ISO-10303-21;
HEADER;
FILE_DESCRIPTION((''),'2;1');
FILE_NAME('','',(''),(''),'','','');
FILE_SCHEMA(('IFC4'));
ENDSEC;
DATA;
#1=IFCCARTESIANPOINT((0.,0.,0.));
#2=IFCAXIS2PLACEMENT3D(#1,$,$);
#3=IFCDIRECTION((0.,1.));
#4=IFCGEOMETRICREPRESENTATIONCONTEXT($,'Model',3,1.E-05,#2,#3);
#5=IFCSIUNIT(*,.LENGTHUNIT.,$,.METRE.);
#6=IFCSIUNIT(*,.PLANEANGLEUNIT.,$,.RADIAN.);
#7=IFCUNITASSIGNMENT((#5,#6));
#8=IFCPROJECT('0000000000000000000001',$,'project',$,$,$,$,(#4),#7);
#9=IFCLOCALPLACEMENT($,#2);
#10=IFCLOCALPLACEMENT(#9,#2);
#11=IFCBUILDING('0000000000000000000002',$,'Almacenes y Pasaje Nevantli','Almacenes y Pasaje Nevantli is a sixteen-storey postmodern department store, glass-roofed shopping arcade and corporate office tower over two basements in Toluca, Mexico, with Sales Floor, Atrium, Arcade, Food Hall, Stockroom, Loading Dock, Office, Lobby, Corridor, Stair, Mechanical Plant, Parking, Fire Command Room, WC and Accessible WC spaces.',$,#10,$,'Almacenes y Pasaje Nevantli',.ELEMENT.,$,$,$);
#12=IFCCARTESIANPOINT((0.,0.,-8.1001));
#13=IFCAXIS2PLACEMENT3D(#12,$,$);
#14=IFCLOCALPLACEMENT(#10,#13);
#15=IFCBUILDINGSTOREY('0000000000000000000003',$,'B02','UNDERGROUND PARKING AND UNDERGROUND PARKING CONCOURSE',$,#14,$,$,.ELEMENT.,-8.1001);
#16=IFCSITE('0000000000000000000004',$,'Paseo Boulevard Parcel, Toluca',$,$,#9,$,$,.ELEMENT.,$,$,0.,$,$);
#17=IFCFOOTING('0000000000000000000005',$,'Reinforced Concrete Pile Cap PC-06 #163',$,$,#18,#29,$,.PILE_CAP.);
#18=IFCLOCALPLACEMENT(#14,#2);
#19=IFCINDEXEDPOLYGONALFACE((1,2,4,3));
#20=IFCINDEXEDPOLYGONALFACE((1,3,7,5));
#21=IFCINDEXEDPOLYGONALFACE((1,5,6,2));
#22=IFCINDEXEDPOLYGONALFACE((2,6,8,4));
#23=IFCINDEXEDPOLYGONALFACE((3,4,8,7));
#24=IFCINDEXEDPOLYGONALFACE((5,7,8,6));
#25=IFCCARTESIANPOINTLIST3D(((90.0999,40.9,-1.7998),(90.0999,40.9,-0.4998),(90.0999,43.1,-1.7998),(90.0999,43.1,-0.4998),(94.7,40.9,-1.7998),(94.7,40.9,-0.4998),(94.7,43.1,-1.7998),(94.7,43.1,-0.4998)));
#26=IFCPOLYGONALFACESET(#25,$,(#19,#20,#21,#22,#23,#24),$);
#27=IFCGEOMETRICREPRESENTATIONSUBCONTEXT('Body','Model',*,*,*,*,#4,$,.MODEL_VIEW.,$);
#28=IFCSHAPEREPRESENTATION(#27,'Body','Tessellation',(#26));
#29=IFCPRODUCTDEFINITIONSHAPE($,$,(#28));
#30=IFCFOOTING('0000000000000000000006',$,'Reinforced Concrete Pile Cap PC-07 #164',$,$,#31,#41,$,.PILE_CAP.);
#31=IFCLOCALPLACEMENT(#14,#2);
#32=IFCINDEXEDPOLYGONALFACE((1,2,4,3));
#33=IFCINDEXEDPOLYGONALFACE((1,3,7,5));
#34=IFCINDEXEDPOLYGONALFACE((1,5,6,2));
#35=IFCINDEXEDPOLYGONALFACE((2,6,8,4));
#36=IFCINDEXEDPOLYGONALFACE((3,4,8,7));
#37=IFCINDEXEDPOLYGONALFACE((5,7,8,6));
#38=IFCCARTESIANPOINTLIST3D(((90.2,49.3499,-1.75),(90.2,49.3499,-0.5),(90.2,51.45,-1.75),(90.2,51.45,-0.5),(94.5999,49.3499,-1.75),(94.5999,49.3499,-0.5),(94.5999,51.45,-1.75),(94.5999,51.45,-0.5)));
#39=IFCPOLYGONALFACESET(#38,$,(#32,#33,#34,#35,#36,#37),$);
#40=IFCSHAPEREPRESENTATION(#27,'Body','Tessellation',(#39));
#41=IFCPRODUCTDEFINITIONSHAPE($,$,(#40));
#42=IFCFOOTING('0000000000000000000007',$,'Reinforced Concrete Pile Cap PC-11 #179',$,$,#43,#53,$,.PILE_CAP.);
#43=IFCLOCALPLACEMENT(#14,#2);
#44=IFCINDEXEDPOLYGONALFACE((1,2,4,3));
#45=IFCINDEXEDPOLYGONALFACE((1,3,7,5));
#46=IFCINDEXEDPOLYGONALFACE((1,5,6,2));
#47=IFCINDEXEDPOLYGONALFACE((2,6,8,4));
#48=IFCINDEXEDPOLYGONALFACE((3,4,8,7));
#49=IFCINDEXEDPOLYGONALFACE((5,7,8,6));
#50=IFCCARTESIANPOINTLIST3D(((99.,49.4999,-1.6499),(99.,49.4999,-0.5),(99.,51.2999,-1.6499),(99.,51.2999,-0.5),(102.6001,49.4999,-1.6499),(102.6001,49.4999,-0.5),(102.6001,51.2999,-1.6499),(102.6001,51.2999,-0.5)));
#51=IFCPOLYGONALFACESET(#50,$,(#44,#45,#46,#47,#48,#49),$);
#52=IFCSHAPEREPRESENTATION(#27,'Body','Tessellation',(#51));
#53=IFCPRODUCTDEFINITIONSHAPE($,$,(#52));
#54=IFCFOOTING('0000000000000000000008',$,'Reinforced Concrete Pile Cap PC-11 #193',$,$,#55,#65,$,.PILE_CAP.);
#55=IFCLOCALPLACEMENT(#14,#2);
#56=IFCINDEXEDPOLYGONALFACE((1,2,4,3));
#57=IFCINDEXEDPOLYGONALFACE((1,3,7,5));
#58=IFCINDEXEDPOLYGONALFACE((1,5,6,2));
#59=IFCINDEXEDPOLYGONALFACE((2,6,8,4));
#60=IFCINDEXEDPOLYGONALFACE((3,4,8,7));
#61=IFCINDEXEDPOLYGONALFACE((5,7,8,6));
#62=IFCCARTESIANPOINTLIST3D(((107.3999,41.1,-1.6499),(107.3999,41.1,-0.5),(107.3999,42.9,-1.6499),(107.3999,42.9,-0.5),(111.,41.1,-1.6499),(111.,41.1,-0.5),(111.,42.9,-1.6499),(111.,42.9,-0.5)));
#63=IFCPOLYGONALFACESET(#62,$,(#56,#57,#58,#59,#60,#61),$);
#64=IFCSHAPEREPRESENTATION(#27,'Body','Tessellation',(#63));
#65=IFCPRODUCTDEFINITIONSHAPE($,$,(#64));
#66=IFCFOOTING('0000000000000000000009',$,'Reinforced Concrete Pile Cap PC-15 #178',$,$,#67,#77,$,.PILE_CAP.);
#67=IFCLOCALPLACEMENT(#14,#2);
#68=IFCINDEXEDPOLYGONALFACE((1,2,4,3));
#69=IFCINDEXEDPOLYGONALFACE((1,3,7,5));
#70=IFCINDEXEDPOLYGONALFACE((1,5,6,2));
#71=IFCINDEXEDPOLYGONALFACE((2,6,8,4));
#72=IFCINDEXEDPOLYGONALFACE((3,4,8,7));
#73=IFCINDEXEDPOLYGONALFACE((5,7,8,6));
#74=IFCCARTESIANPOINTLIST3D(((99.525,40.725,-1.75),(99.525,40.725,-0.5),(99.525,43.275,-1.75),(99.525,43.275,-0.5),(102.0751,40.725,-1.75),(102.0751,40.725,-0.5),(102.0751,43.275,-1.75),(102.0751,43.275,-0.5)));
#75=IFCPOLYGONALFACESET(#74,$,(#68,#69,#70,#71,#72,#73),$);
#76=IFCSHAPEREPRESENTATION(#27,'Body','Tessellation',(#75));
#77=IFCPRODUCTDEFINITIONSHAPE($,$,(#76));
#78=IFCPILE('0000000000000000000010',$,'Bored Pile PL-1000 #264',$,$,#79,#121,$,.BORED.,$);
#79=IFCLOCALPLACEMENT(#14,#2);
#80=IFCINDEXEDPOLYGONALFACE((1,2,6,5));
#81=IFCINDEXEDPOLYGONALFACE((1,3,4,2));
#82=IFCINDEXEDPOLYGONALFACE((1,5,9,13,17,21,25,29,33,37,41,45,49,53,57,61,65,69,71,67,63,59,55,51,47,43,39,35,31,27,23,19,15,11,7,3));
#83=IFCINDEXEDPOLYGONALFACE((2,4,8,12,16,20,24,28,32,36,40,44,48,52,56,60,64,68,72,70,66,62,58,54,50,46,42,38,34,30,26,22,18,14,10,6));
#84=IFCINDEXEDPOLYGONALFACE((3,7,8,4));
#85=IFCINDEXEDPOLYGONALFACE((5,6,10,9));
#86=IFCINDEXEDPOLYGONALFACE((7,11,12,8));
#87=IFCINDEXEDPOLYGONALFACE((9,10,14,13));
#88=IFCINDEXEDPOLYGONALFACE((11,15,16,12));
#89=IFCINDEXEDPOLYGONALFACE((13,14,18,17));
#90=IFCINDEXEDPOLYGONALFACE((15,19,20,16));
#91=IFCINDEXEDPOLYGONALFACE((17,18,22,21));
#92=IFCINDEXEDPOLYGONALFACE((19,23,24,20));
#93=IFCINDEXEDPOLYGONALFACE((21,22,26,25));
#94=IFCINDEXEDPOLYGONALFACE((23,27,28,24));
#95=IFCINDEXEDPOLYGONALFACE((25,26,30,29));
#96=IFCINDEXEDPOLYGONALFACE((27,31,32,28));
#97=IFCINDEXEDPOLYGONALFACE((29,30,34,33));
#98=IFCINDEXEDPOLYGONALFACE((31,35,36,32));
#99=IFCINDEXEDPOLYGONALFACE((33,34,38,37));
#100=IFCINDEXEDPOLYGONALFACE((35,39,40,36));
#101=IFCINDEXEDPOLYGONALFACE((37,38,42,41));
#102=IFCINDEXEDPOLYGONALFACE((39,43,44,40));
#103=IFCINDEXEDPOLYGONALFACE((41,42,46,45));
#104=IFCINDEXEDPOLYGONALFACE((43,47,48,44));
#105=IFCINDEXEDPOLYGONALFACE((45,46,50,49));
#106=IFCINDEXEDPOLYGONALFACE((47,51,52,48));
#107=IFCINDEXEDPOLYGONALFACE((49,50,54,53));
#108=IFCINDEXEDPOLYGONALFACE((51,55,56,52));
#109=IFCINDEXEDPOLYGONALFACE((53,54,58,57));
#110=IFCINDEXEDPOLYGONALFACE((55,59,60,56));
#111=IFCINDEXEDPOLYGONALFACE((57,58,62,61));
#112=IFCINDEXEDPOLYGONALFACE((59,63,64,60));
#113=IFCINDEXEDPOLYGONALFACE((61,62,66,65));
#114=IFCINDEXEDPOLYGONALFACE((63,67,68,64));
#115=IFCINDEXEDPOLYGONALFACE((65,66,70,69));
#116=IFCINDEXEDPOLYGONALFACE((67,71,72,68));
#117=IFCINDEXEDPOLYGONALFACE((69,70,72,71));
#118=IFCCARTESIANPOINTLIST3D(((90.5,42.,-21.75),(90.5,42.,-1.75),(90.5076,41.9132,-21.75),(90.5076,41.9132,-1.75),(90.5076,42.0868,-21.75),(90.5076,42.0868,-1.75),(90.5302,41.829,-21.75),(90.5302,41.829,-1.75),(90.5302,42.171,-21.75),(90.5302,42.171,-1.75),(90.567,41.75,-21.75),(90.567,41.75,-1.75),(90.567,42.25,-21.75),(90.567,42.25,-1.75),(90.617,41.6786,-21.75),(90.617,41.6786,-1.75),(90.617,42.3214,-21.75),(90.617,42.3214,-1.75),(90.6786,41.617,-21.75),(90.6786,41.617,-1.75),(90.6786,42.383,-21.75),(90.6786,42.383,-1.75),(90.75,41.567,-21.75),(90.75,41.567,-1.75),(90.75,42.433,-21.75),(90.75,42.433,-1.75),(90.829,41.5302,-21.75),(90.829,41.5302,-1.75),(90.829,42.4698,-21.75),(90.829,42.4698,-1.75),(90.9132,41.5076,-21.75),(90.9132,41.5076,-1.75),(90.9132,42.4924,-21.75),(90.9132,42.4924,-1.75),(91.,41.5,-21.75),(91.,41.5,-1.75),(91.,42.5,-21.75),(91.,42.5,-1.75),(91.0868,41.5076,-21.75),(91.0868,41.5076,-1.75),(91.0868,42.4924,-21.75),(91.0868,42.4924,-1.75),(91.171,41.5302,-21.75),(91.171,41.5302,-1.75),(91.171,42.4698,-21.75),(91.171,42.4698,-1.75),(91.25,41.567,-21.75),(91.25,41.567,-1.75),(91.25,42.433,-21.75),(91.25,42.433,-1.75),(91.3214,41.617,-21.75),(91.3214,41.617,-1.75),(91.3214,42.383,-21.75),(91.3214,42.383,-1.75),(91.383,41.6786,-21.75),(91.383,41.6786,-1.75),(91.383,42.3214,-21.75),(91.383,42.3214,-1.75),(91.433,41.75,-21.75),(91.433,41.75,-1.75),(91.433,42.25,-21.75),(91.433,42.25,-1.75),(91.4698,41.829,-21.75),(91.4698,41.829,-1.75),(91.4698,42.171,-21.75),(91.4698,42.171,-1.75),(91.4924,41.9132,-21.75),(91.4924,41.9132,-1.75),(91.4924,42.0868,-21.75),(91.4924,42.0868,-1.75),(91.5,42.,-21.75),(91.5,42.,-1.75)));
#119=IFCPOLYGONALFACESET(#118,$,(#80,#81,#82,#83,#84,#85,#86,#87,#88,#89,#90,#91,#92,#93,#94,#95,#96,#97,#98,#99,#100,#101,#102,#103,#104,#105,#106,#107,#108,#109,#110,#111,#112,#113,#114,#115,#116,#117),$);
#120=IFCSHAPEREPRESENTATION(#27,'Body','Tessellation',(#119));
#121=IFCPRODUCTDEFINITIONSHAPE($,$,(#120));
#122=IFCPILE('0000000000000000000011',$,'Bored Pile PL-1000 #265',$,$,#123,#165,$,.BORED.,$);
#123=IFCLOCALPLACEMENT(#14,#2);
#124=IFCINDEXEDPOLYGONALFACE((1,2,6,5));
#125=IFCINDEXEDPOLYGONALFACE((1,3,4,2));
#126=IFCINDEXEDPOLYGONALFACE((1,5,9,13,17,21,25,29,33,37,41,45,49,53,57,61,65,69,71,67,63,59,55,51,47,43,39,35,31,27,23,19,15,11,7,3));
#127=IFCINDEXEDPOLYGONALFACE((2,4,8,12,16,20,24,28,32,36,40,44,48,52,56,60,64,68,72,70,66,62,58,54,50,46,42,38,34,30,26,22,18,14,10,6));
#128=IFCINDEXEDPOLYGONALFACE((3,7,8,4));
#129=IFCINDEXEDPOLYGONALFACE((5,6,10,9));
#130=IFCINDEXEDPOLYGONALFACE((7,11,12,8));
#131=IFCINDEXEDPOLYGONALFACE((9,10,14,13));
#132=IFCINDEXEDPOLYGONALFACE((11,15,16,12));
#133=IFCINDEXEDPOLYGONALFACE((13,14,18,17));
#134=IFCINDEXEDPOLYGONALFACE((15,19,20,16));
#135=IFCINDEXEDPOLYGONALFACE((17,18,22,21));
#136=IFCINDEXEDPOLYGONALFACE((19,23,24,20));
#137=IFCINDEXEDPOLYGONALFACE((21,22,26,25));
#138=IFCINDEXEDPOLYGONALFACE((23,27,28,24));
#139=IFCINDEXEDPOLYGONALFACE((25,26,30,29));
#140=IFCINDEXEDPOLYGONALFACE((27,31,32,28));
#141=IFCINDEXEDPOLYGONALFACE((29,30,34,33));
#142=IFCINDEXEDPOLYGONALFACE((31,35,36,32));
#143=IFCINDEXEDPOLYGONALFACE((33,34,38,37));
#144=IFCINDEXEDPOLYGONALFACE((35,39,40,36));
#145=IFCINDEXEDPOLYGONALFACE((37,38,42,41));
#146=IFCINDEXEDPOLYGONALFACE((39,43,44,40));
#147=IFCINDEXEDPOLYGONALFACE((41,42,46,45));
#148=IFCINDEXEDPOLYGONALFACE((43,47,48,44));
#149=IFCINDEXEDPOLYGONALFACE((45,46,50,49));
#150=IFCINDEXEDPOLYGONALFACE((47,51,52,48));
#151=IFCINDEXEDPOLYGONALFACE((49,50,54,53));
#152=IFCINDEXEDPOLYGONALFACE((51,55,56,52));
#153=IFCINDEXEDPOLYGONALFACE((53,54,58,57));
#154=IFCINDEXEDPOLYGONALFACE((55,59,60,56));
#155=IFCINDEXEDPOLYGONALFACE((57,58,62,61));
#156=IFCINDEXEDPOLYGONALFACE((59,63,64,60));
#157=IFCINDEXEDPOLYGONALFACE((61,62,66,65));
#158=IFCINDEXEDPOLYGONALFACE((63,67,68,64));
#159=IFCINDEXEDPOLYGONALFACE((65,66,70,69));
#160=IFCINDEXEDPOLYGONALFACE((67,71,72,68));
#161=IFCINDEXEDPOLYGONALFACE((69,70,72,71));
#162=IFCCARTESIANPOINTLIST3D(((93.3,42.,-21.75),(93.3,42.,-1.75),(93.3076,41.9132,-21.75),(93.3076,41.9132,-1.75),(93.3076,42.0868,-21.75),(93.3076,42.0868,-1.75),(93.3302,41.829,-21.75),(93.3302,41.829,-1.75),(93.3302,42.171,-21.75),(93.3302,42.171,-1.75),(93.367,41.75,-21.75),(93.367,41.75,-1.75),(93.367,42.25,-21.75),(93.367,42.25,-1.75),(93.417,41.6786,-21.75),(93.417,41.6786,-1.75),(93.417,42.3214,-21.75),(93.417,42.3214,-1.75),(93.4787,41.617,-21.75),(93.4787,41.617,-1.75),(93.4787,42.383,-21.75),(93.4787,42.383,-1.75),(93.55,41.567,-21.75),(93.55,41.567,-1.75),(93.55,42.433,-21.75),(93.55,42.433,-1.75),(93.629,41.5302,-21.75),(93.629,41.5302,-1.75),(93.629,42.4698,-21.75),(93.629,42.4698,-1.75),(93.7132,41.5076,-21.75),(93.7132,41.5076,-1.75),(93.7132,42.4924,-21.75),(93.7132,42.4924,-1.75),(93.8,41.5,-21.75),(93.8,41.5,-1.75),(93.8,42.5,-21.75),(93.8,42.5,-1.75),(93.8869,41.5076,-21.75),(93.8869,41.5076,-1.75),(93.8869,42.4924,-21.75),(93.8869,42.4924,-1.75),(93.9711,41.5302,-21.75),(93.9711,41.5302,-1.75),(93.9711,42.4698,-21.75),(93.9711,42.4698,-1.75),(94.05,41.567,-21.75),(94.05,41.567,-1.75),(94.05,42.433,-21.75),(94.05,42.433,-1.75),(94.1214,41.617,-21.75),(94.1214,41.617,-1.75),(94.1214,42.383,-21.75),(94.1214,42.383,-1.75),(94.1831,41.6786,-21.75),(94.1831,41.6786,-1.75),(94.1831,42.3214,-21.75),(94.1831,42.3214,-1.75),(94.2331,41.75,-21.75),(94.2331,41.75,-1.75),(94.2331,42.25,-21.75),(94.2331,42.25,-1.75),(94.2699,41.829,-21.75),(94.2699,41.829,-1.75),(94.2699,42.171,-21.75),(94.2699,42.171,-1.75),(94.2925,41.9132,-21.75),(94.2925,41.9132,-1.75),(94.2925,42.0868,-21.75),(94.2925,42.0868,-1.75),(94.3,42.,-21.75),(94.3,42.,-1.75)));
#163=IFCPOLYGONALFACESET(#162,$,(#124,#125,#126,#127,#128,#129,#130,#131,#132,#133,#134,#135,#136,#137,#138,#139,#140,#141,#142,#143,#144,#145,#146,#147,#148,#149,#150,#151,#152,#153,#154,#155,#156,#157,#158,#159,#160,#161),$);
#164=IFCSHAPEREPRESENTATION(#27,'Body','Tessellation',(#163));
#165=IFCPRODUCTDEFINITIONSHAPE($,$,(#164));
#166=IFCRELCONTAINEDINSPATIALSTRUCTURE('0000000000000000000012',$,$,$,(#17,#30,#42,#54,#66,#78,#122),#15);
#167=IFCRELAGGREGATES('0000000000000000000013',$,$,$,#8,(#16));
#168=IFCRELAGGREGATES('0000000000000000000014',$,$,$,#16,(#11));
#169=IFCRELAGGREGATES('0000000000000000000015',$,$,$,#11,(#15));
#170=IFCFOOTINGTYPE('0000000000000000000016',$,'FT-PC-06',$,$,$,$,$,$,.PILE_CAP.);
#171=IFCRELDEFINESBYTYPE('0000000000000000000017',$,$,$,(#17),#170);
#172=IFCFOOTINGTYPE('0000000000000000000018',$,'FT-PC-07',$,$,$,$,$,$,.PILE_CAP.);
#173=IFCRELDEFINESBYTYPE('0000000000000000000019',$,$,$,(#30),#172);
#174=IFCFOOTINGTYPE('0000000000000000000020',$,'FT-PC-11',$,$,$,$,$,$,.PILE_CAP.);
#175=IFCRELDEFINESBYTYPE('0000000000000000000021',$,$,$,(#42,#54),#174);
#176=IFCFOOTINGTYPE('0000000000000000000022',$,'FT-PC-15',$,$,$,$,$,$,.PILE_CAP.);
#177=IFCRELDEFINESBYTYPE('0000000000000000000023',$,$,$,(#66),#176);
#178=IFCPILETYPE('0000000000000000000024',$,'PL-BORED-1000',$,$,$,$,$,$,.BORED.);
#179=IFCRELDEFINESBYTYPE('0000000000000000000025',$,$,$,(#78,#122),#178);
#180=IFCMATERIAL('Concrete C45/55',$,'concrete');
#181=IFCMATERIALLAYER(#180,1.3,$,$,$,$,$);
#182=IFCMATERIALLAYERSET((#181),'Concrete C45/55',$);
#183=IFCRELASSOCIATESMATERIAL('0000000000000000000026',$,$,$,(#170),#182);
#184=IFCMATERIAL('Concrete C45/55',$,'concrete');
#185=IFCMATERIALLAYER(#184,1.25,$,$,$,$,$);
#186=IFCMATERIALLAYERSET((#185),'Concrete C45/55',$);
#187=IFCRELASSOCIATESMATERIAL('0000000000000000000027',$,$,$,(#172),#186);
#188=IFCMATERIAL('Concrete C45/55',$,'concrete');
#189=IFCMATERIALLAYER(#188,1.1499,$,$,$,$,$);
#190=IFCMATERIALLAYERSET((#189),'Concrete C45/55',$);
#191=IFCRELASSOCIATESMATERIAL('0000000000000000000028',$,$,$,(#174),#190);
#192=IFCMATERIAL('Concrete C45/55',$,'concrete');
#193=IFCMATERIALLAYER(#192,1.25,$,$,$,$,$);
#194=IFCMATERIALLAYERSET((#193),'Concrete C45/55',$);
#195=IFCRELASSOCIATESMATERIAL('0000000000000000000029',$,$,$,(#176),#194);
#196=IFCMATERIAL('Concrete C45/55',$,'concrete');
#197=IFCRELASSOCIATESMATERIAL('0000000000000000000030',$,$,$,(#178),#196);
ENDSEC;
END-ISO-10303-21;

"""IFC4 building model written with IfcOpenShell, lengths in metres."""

from ifc_helpers import new_model, si_unit, direction, frame, origin, origin_2d, place, context, subcontext, project, spatial, rectangle, circle, extrude, material, layer, layer_set, material_profile, profile_set, type_object, element, save


model = new_model("IFC4")

# Units and contexts
model_context = context("Model", 3, precision=1e-05, world=origin(), true_north=direction((0.0, 1.0)))
body_context = subcontext(model_context, "Body", "Model", "MODEL_VIEW")
ifc_project = project(units=[si_unit("LENGTHUNIT", "METRE"), si_unit("PLANEANGLEUNIT", "RADIAN")], contexts=[model_context])

# Site, building, storey
site_placement = place(None, origin())
site = spatial("IfcSite", under=ifc_project, at=site_placement, Name="Paseo Boulevard Parcel, Toluca", CompositionType="ELEMENT", RefElevation=0.0)
building_placement = place(site_placement, origin())
building = spatial("IfcBuilding", under=site, at=building_placement, Name="Almacenes y Pasaje Nevantli", Description="Almacenes y Pasaje Nevantli is a sixteen-storey postmodern department store, glass-roofed shopping arcade and corporate office tower over two basements in Toluca, Mexico, with Sales Floor, Atrium, Arcade, Food Hall, Stockroom, Loading Dock, Office, Lobby, Corridor, Stair, Mechanical Plant, Parking, Fire Command Room, WC and Accessible WC spaces.", LongName="Almacenes y Pasaje Nevantli", CompositionType="ELEMENT")
storey_placement = place(building_placement, frame((0.0, 0.0, -8.1001)))
storey = spatial("IfcBuildingStorey", under=building, at=storey_placement, Name="B02", Description="UNDERGROUND PARKING AND UNDERGROUND PARKING CONCOURSE", CompositionType="ELEMENT", Elevation=-8.1001)

# Footings
ifc_material_1 = material(Name="Concrete C45/55", Category="concrete")
ifc_layer_1 = layer(ifc_material_1, 1.3)
ifc_layer_set_1 = layer_set([ifc_layer_1], Name="Concrete C45/55")
footing_type_1 = type_object("IfcFootingType", Name="FT-PC-06", PredefinedType="PILE_CAP", material=ifc_layer_set_1)
footing_1_placement = place(storey_placement, frame((92.3999, 42.0, -1.7998), z_axis=(0.0, 0.0, 1.0), x_axis=(1.0, 0.0, 0.0)))
element("IfcFooting", 1, at=footing_1_placement, inside=storey, type_object=footing_type_1, Name="Reinforced Concrete Pile Cap PC-06 #163", PredefinedType="PILE_CAP", context=body_context, shape_type="SweptSolid", body=[
    extrude(rectangle(XDim=4.6001, YDim=2.2, at=origin_2d()), origin(), (0.0, 0.0, 1.0), 1.3),
])
ifc_material_2 = material(Name="Concrete C45/55", Category="concrete")
ifc_layer_2 = layer(ifc_material_2, 1.25)
ifc_layer_set_2 = layer_set([ifc_layer_2], Name="Concrete C45/55")
footing_type_2 = type_object("IfcFootingType", Name="FT-PC-07", PredefinedType="PILE_CAP", material=ifc_layer_set_2)
footing_2_placement = place(storey_placement, frame((92.3999, 50.3999, -1.75), z_axis=(0.0, 0.0, 1.0), x_axis=(1.0, 0.0, 0.0)))
element("IfcFooting", 2, at=footing_2_placement, inside=storey, type_object=footing_type_2, Name="Reinforced Concrete Pile Cap PC-07 #164", PredefinedType="PILE_CAP", context=body_context, shape_type="SweptSolid", body=[
    extrude(rectangle(XDim=4.3999, YDim=2.1001, at=origin_2d()), origin(), (0.0, 0.0, 1.0), 1.25),
])
ifc_material_3 = material(Name="Concrete C45/55", Category="concrete")
ifc_layer_3 = layer(ifc_material_3, 1.1499)
ifc_layer_set_3 = layer_set([ifc_layer_3], Name="Concrete C45/55")
footing_type_3 = type_object("IfcFootingType", Name="FT-PC-11", PredefinedType="PILE_CAP", material=ifc_layer_set_3)
for number, where, z_axis, x_axis, name in (
    (3, (100.8, 50.3999, -1.6499), (0.0, 0.0, 1.0), (1.0, 0.0, 0.0), "Reinforced Concrete Pile Cap PC-11 #179"),
    (4, (109.2, 42.0, -1.6499), (0.0, 0.0, 1.0), (1.0, 0.0, 0.0), "Reinforced Concrete Pile Cap PC-11 #193"),
):
    element("IfcFooting", number, at=place(storey_placement, frame(where, z_axis=z_axis, x_axis=x_axis)), inside=storey, type_object=footing_type_3, Name=name, PredefinedType="PILE_CAP", context=body_context, shape_type="SweptSolid", body=[
        extrude(rectangle(XDim=3.6001, YDim=1.8, at=origin_2d()), origin(), (0.0, 0.0, 1.0), 1.1499),
    ])
ifc_material_4 = material(Name="Concrete C45/55", Category="concrete")
ifc_layer_4 = layer(ifc_material_4, 1.25)
ifc_layer_set_4 = layer_set([ifc_layer_4], Name="Concrete C45/55")
footing_type_4 = type_object("IfcFootingType", Name="FT-PC-15", PredefinedType="PILE_CAP", material=ifc_layer_set_4)
footing_3_placement = place(storey_placement, frame((100.8, 42.0, -1.75), z_axis=(0.0, 0.0, 1.0), x_axis=(1.0, 0.0, 0.0)))
element("IfcFooting", 5, at=footing_3_placement, inside=storey, type_object=footing_type_4, Name="Reinforced Concrete Pile Cap PC-15 #178", PredefinedType="PILE_CAP", context=body_context, shape_type="SweptSolid", body=[
    extrude(rectangle(XDim=2.55, YDim=2.55, at=origin_2d()), origin(), (0.0, 0.0, 1.0), 1.25),
])

# Piles
ifc_material_5 = material(Name="Concrete C45/55", Category="concrete")
ifc_material_profile_1 = material_profile(ifc_material_5, circle(Radius=0.5, at=origin_2d()), Name="RC-PILE-D1000")
ifc_profile_set_1 = profile_set([ifc_material_profile_1], Name="Concrete C45/55")
pile_type_1 = type_object("IfcPileType", Name="PL-BORED-1000", PredefinedType="BORED", material=ifc_profile_set_1)
for number, where, z_axis, x_axis, name in (
    (6, (91.0, 42.0, -1.75), (0.0, 0.0, -1.0), (1.0, 0.0, 0.0), "Bored Pile PL-1000 #264"),
    (7, (93.8, 42.0, -1.75), (0.0, 0.0, -1.0), (1.0, 0.0, 0.0), "Bored Pile PL-1000 #265"),
):
    element("IfcPile", number, at=place(storey_placement, frame(where, z_axis=z_axis, x_axis=x_axis)), inside=storey, type_object=pile_type_1, Name=name, PredefinedType="BORED", context=body_context, shape_type="SweptSolid", body=[
        extrude(circle(Radius=0.5, at=origin_2d()), origin(), (0.0, 0.0, 1.0), 20.0),
    ])

save(model, "model.ifc")
